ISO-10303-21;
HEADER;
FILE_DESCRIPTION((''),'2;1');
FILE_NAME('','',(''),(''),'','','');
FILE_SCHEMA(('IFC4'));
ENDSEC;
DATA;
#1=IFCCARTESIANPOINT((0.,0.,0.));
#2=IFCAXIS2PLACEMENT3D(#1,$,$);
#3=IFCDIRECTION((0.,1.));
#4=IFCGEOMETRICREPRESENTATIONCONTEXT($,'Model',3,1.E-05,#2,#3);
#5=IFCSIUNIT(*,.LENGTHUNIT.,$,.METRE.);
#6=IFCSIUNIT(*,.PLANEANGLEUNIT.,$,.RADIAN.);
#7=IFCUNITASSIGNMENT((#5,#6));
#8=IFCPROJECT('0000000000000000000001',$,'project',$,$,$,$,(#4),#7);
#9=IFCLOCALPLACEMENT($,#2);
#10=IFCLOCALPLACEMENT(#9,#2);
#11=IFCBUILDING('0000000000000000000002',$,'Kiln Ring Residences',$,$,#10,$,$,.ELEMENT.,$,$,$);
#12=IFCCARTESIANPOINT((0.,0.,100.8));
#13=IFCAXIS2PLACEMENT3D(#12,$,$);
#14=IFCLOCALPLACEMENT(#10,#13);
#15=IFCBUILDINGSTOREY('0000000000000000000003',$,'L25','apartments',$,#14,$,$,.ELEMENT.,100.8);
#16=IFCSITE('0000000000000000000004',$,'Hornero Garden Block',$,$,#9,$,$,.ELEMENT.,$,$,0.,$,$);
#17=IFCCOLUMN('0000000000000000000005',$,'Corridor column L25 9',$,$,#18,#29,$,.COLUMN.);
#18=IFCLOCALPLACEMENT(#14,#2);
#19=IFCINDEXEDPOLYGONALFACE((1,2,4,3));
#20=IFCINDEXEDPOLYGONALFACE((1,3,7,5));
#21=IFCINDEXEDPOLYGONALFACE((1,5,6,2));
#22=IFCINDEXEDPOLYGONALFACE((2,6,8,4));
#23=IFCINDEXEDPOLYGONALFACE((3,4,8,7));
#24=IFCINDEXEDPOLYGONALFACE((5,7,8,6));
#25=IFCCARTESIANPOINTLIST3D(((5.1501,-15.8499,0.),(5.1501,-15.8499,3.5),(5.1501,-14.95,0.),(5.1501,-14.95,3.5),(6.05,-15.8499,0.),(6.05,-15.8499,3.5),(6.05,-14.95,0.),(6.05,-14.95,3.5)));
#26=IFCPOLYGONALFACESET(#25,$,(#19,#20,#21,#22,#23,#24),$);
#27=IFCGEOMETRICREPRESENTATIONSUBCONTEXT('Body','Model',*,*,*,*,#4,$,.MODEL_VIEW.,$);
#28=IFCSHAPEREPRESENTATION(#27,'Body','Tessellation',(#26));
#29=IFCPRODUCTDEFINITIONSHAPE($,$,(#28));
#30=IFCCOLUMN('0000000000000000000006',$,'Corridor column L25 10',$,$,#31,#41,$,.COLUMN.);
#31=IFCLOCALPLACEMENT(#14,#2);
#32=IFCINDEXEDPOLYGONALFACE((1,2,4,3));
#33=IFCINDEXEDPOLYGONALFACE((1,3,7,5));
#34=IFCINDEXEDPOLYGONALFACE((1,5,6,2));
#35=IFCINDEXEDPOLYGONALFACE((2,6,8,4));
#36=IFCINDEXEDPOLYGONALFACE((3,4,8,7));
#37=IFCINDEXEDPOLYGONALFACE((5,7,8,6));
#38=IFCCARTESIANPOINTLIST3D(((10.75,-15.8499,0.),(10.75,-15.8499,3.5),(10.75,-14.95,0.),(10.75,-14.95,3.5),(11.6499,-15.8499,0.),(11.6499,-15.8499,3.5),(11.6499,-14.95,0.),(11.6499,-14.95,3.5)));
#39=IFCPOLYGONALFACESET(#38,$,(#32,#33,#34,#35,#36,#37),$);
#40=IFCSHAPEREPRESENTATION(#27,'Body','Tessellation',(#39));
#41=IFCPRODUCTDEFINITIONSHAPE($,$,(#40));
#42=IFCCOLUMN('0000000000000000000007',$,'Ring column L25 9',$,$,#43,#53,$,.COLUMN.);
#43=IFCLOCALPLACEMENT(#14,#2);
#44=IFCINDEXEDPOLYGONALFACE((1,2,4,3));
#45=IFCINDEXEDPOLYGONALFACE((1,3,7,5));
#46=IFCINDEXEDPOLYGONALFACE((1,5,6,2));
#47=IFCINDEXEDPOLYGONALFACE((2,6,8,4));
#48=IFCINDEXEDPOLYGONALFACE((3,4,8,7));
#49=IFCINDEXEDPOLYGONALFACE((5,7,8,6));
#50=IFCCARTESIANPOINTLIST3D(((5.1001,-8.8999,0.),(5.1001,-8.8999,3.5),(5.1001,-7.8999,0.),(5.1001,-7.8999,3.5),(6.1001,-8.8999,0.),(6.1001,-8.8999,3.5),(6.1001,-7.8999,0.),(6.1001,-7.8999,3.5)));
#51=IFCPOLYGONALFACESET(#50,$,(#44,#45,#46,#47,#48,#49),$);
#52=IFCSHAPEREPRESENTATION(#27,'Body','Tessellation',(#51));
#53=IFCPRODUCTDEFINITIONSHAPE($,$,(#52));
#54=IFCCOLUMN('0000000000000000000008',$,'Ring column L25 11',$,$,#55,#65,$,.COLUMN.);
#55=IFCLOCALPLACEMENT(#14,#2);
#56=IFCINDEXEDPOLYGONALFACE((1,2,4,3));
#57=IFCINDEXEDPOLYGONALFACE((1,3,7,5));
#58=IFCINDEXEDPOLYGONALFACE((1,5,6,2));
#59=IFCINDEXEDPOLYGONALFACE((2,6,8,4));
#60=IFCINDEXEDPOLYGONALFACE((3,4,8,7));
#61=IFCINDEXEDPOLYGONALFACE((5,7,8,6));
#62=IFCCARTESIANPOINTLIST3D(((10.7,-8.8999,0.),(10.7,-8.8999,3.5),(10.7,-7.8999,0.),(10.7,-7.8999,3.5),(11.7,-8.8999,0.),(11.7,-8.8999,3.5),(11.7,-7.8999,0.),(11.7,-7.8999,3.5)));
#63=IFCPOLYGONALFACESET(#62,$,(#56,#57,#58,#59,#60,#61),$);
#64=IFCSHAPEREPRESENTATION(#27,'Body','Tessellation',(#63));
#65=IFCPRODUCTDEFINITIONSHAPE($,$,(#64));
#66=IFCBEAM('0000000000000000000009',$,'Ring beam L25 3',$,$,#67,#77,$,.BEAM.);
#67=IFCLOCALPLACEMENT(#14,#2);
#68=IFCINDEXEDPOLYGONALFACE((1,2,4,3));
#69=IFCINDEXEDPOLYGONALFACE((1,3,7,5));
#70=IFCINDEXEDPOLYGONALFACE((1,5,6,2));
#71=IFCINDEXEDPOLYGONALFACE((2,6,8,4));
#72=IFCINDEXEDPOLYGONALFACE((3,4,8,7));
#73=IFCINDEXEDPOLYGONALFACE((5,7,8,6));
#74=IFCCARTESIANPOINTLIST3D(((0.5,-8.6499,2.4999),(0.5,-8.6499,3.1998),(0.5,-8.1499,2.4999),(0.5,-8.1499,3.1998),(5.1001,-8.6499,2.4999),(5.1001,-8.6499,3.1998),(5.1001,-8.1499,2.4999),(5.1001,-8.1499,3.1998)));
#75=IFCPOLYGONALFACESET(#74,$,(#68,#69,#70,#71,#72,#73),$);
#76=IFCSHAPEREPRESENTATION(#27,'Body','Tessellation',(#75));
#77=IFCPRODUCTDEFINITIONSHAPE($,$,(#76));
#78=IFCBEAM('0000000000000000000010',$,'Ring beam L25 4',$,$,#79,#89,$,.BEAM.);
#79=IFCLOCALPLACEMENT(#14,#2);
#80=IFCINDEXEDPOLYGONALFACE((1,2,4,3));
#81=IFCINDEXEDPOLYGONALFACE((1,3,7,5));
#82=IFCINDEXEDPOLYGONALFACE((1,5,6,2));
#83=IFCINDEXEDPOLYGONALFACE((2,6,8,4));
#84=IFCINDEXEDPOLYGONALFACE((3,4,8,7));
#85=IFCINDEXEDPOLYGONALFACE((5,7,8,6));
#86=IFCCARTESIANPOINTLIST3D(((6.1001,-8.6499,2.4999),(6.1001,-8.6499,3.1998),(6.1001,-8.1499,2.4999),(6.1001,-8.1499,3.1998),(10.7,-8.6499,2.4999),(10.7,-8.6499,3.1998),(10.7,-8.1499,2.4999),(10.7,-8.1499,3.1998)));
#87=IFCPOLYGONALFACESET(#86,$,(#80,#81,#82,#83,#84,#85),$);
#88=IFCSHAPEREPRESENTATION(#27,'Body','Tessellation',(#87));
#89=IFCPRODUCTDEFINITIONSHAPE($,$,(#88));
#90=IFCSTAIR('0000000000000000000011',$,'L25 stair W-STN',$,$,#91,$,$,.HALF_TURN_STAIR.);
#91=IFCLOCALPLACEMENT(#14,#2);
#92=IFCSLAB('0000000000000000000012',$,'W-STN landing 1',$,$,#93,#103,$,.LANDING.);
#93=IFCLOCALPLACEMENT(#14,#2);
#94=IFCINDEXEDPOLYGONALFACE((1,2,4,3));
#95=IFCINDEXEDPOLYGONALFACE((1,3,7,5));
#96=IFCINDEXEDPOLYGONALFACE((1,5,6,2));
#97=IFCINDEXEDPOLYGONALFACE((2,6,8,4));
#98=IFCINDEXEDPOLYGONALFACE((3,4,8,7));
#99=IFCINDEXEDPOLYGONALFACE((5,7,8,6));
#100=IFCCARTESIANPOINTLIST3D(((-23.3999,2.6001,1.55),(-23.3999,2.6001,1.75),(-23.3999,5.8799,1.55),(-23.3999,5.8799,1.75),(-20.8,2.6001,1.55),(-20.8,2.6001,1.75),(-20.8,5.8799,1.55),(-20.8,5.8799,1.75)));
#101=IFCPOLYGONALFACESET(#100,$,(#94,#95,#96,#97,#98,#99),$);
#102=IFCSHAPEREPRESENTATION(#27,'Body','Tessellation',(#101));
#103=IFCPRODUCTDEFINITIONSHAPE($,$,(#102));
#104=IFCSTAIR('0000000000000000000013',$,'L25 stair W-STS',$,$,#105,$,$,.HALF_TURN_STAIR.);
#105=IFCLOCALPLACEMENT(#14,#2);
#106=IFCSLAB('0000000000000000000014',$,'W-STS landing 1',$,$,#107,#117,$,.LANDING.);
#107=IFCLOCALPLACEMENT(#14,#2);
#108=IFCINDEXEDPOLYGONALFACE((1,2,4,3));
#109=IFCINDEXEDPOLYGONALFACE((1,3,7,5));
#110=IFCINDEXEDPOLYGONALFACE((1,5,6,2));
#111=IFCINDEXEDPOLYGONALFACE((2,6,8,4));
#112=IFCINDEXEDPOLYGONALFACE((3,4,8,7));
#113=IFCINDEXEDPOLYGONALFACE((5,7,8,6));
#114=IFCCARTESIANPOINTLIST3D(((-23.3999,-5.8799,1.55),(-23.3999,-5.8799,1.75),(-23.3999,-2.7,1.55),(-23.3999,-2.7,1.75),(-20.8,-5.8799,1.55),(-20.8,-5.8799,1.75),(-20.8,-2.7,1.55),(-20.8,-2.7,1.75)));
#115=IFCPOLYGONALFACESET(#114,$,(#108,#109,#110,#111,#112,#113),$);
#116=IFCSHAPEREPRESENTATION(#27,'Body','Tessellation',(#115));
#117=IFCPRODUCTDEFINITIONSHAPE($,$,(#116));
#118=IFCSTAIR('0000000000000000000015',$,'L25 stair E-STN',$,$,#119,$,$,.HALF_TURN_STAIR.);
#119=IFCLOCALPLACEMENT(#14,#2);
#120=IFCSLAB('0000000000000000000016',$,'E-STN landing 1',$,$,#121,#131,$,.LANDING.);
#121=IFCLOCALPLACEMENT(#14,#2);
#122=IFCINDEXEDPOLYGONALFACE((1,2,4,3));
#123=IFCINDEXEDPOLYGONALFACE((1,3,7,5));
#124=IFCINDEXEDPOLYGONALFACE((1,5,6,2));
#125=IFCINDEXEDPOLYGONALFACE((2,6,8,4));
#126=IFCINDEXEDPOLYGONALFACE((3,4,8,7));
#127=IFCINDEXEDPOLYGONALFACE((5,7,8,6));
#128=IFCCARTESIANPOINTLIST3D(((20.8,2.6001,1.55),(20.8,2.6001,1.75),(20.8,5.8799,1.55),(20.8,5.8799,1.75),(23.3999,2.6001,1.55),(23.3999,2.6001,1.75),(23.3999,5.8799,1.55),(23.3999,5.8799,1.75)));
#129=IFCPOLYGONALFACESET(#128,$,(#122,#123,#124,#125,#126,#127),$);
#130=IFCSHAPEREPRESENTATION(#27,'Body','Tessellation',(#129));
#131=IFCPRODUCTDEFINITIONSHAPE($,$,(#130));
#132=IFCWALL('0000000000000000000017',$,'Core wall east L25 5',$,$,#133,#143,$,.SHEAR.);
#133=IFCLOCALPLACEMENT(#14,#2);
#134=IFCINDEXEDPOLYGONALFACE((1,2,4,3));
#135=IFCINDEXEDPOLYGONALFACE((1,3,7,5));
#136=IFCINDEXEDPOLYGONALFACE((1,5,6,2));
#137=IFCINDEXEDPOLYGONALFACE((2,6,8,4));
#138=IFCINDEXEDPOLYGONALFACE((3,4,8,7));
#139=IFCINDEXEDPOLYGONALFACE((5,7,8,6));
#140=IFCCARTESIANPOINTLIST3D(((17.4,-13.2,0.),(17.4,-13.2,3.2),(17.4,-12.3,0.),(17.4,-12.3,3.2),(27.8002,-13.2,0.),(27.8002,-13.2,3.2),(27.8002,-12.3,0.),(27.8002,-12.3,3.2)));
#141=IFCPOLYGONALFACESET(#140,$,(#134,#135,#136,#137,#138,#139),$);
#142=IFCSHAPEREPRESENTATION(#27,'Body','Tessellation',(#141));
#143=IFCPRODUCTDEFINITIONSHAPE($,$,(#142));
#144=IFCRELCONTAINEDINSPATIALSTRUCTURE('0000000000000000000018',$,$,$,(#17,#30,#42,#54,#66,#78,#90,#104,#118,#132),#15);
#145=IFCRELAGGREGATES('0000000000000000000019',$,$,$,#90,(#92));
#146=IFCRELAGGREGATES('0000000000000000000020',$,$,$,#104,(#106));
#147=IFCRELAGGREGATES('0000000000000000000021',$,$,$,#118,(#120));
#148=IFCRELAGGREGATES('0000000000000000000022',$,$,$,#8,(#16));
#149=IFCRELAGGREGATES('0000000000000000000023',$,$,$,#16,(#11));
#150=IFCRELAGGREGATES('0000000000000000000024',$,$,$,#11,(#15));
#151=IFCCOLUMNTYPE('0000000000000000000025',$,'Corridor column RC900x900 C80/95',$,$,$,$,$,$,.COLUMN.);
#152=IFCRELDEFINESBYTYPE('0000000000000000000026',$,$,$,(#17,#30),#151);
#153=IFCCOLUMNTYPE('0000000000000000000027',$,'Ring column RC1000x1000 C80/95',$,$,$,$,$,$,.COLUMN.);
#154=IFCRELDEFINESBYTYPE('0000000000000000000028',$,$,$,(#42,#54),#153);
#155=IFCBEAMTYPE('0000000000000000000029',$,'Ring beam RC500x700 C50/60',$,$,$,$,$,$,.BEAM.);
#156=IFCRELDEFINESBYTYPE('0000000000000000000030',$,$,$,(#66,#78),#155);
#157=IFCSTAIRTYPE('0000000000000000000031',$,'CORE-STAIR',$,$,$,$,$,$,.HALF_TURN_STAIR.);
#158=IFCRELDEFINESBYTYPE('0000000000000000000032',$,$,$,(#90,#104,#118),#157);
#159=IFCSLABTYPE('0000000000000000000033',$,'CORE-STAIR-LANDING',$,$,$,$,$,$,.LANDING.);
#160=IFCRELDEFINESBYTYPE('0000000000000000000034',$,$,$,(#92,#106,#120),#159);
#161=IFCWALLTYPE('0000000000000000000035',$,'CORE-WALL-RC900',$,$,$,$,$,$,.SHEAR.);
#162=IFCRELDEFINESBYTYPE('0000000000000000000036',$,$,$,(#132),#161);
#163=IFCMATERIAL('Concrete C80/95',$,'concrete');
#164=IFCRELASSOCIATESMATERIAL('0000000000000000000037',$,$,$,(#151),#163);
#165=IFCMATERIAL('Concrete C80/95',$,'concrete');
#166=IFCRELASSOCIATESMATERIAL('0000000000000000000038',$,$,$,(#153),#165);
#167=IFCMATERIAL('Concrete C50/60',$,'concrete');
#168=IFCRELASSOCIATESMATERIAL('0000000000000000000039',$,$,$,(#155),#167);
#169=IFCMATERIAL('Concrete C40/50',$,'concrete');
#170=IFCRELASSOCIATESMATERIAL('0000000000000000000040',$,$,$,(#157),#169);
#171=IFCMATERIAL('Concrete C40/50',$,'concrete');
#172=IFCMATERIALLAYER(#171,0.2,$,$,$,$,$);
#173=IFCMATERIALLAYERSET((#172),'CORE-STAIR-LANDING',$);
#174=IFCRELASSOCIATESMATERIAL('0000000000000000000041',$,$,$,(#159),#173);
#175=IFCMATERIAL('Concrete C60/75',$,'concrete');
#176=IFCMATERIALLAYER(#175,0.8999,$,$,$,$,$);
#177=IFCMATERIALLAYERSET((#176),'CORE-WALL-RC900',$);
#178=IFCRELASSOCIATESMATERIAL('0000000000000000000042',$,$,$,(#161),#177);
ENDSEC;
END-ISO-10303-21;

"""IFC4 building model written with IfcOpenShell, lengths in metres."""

from ifc_helpers import new_model, si_unit, direction, frame, frame_2d, origin, origin_2d, place, context, subcontext, project, spatial, polyline, rectangle, outline, extrude, material, layer, layer_set, material_profile, profile_set, type_object, element, aggregate, save


model = new_model("IFC4")

# Units and contexts
model_context = context("Model", 3, precision=1e-05, world=origin(), true_north=direction((0.0, 1.0)))
body_context = subcontext(model_context, "Body", "Model", "MODEL_VIEW")
ifc_project = project(units=[si_unit("LENGTHUNIT", "METRE"), si_unit("PLANEANGLEUNIT", "RADIAN")], contexts=[model_context])

# Site, building, storey
site_placement = place(None, origin())
site = spatial("IfcSite", under=ifc_project, at=site_placement, Name="Hornero Garden Block", CompositionType="ELEMENT", RefElevation=0.0)
building_placement = place(site_placement, origin())
building = spatial("IfcBuilding", under=site, at=building_placement, Name="Kiln Ring Residences", CompositionType="ELEMENT")
storey_placement = place(building_placement, frame((0.0, 0.0, 100.8)))
storey = spatial("IfcBuildingStorey", under=building, at=storey_placement, Name="L25", Description="apartments", CompositionType="ELEMENT", Elevation=100.8)

# Columns
ifc_material_1 = material(Name="Concrete C80/95", Category="concrete")
ifc_material_profile_1 = material_profile(ifc_material_1, rectangle(XDim=0.8999, YDim=0.8999, at=origin_2d()), Name="RC900x900")
ifc_profile_set_1 = profile_set([ifc_material_profile_1], Name="Concrete C80/95")
column_type_1 = type_object("IfcColumnType", Name="Corridor column RC900x900 C80/95", PredefinedType="COLUMN", material=ifc_profile_set_1)
for number, where, z_axis, x_axis, name in (
    (1, (5.6001, -15.3999, 0.0), (0.0, 0.0, 1.0), (1.0, 0.0, 0.0), "Corridor column L25 9"),
    (2, (11.2, -15.3999, 0.0), (0.0, 0.0, 1.0), (1.0, 0.0, 0.0), "Corridor column L25 10"),
):
    element("IfcColumn", number, at=place(storey_placement, frame(where, z_axis=z_axis, x_axis=x_axis)), inside=storey, type_object=column_type_1, Name=name, PredefinedType="COLUMN", context=body_context, shape_type="SweptSolid", body=[
        extrude(rectangle(XDim=0.8999, YDim=0.8999, at=origin_2d()), origin(), (0.0, 0.0, 1.0), 3.5),
    ])
ifc_material_2 = material(Name="Concrete C80/95", Category="concrete")
ifc_material_profile_2 = material_profile(ifc_material_2, rectangle(XDim=1.0, YDim=1.0, at=origin_2d()), Name="RC1000x1000")
ifc_profile_set_2 = profile_set([ifc_material_profile_2], Name="Concrete C80/95")
column_type_2 = type_object("IfcColumnType", Name="Ring column RC1000x1000 C80/95", PredefinedType="COLUMN", material=ifc_profile_set_2)
for number, where, z_axis, x_axis, name in (
    (3, (5.6001, -8.3999, 0.0), (0.0, 0.0, 1.0), (1.0, 0.0, 0.0), "Ring column L25 9"),
    (4, (11.2, -8.3999, 0.0), (0.0, 0.0, 1.0), (1.0, 0.0, 0.0), "Ring column L25 11"),
):
    element("IfcColumn", number, at=place(storey_placement, frame(where, z_axis=z_axis, x_axis=x_axis)), inside=storey, type_object=column_type_2, Name=name, PredefinedType="COLUMN", context=body_context, shape_type="SweptSolid", body=[
        extrude(rectangle(XDim=1.0, YDim=1.0, at=origin_2d()), origin(), (0.0, 0.0, 1.0), 3.5),
    ])

# Beams
ifc_material_3 = material(Name="Concrete C50/60", Category="concrete")
ifc_material_profile_3 = material_profile(ifc_material_3, rectangle(XDim=0.5, YDim=0.7, at=origin_2d()), Name="RC500x700")
ifc_profile_set_3 = profile_set([ifc_material_profile_3], Name="Concrete C50/60")
beam_type = type_object("IfcBeamType", Name="Ring beam RC500x700 C50/60", PredefinedType="BEAM", material=ifc_profile_set_3)
beam_1_placement = place(storey_placement, frame((0.5, -8.3999, 2.8499), z_axis=(1.0, 0.0, 0.0), x_axis=(0.0, 1.0, 0.0)))
element("IfcBeam", 5, at=beam_1_placement, inside=storey, type_object=beam_type, Name="Ring beam L25 3", PredefinedType="BEAM", context=body_context, shape_type="SweptSolid", body=[
    extrude(rectangle(XDim=0.5, YDim=0.7, at=origin_2d()), origin(), (0.0, 0.0, 1.0), 4.6001),
])
beam_2_placement = place(storey_placement, frame((6.1001, -8.3999, 2.8499), z_axis=(1.0, 0.0, 0.0), x_axis=(0.0, 1.0, 0.0)))
element("IfcBeam", 6, at=beam_2_placement, inside=storey, type_object=beam_type, Name="Ring beam L25 4", PredefinedType="BEAM", context=body_context, shape_type="SweptSolid", body=[
    extrude(rectangle(XDim=0.5, YDim=0.7, at=origin_2d()), origin(), (0.0, 0.0, 1.0), 4.5999),
])

# Stairs, slabs
ifc_material_4 = material(Name="Concrete C40/50", Category="concrete")
stair_type = type_object("IfcStairType", Name="CORE-STAIR", PredefinedType="HALF_TURN_STAIR", material=ifc_material_4)
placement_1 = place(storey_placement, origin())
stair_1 = element("IfcStair", 7, at=placement_1, inside=storey, type_object=stair_type, Name="L25 stair W-STN", PredefinedType="HALF_TURN_STAIR")
ifc_material_5 = material(Name="Concrete C40/50", Category="concrete")
ifc_layer_1 = layer(ifc_material_5, 0.2)
ifc_layer_set_1 = layer_set([ifc_layer_1], Name="CORE-STAIR-LANDING")
slab_type = type_object("IfcSlabType", Name="CORE-STAIR-LANDING", PredefinedType="LANDING", material=ifc_layer_set_1)
placement_2 = place(storey_placement, frame((0.0, 0.0, 1.55)))
slab_1 = element("IfcSlab", 8, at=placement_2, type_object=slab_type, Name="W-STN landing 1", PredefinedType="LANDING", context=body_context, shape_type="SweptSolid", body=[
    extrude(outline(polyline([(-23.3999, 5.8799), (-23.3999, 2.6001), (-20.8, 2.6001), (-20.8, 5.8799), (-23.3999, 5.8799)])), origin(), (0.0, 0.0, 1.0), 0.2),
])
aggregate(stair_1, [slab_1])
stair_2 = element("IfcStair", 9, at=placement_1, inside=storey, type_object=stair_type, Name="L25 stair W-STS", PredefinedType="HALF_TURN_STAIR")
slab_2 = element("IfcSlab", 10, at=placement_2, type_object=slab_type, Name="W-STS landing 1", PredefinedType="LANDING", context=body_context, shape_type="SweptSolid", body=[
    extrude(outline(polyline([(-20.8, -5.8799), (-20.8, -2.7), (-23.3999, -2.7), (-23.3999, -5.8799), (-20.8, -5.8799)])), origin(), (0.0, 0.0, 1.0), 0.2),
])
aggregate(stair_2, [slab_2])
stair_3 = element("IfcStair", 11, at=placement_1, inside=storey, type_object=stair_type, Name="L25 stair E-STN", PredefinedType="HALF_TURN_STAIR")
slab_3 = element("IfcSlab", 12, at=placement_2, type_object=slab_type, Name="E-STN landing 1", PredefinedType="LANDING", context=body_context, shape_type="SweptSolid", body=[
    extrude(outline(polyline([(20.8, 5.8799), (20.8, 2.6001), (23.3999, 2.6001), (23.3999, 5.8799), (20.8, 5.8799)])), origin(), (0.0, 0.0, 1.0), 0.2),
])
aggregate(stair_3, [slab_3])

# Wall
ifc_material_6 = material(Name="Concrete C60/75", Category="concrete")
ifc_layer_2 = layer(ifc_material_6, 0.8999)
ifc_layer_set_2 = layer_set([ifc_layer_2], Name="CORE-WALL-RC900")
wall_type_1 = type_object("IfcWallType", Name="CORE-WALL-RC900", PredefinedType="SHEAR", material=ifc_layer_set_2)
wall_1_placement = place(storey_placement, frame((17.3999, -12.75, 0.0), z_axis=(0.0, 0.0, 1.0), x_axis=(1.0, 0.0, 0.0)))
element("IfcWall", 13, at=wall_1_placement, inside=storey, type_object=wall_type_1, Name="Core wall east L25 5", PredefinedType="SHEAR", context=body_context, shape_type="SweptSolid", body=[
    extrude(rectangle(XDim=10.4001, YDim=0.8999, at=frame_2d((5.2002, 0.0))), origin(), (0.0, 0.0, 1.0), 3.2),
])

save(model, "model.ifc")
